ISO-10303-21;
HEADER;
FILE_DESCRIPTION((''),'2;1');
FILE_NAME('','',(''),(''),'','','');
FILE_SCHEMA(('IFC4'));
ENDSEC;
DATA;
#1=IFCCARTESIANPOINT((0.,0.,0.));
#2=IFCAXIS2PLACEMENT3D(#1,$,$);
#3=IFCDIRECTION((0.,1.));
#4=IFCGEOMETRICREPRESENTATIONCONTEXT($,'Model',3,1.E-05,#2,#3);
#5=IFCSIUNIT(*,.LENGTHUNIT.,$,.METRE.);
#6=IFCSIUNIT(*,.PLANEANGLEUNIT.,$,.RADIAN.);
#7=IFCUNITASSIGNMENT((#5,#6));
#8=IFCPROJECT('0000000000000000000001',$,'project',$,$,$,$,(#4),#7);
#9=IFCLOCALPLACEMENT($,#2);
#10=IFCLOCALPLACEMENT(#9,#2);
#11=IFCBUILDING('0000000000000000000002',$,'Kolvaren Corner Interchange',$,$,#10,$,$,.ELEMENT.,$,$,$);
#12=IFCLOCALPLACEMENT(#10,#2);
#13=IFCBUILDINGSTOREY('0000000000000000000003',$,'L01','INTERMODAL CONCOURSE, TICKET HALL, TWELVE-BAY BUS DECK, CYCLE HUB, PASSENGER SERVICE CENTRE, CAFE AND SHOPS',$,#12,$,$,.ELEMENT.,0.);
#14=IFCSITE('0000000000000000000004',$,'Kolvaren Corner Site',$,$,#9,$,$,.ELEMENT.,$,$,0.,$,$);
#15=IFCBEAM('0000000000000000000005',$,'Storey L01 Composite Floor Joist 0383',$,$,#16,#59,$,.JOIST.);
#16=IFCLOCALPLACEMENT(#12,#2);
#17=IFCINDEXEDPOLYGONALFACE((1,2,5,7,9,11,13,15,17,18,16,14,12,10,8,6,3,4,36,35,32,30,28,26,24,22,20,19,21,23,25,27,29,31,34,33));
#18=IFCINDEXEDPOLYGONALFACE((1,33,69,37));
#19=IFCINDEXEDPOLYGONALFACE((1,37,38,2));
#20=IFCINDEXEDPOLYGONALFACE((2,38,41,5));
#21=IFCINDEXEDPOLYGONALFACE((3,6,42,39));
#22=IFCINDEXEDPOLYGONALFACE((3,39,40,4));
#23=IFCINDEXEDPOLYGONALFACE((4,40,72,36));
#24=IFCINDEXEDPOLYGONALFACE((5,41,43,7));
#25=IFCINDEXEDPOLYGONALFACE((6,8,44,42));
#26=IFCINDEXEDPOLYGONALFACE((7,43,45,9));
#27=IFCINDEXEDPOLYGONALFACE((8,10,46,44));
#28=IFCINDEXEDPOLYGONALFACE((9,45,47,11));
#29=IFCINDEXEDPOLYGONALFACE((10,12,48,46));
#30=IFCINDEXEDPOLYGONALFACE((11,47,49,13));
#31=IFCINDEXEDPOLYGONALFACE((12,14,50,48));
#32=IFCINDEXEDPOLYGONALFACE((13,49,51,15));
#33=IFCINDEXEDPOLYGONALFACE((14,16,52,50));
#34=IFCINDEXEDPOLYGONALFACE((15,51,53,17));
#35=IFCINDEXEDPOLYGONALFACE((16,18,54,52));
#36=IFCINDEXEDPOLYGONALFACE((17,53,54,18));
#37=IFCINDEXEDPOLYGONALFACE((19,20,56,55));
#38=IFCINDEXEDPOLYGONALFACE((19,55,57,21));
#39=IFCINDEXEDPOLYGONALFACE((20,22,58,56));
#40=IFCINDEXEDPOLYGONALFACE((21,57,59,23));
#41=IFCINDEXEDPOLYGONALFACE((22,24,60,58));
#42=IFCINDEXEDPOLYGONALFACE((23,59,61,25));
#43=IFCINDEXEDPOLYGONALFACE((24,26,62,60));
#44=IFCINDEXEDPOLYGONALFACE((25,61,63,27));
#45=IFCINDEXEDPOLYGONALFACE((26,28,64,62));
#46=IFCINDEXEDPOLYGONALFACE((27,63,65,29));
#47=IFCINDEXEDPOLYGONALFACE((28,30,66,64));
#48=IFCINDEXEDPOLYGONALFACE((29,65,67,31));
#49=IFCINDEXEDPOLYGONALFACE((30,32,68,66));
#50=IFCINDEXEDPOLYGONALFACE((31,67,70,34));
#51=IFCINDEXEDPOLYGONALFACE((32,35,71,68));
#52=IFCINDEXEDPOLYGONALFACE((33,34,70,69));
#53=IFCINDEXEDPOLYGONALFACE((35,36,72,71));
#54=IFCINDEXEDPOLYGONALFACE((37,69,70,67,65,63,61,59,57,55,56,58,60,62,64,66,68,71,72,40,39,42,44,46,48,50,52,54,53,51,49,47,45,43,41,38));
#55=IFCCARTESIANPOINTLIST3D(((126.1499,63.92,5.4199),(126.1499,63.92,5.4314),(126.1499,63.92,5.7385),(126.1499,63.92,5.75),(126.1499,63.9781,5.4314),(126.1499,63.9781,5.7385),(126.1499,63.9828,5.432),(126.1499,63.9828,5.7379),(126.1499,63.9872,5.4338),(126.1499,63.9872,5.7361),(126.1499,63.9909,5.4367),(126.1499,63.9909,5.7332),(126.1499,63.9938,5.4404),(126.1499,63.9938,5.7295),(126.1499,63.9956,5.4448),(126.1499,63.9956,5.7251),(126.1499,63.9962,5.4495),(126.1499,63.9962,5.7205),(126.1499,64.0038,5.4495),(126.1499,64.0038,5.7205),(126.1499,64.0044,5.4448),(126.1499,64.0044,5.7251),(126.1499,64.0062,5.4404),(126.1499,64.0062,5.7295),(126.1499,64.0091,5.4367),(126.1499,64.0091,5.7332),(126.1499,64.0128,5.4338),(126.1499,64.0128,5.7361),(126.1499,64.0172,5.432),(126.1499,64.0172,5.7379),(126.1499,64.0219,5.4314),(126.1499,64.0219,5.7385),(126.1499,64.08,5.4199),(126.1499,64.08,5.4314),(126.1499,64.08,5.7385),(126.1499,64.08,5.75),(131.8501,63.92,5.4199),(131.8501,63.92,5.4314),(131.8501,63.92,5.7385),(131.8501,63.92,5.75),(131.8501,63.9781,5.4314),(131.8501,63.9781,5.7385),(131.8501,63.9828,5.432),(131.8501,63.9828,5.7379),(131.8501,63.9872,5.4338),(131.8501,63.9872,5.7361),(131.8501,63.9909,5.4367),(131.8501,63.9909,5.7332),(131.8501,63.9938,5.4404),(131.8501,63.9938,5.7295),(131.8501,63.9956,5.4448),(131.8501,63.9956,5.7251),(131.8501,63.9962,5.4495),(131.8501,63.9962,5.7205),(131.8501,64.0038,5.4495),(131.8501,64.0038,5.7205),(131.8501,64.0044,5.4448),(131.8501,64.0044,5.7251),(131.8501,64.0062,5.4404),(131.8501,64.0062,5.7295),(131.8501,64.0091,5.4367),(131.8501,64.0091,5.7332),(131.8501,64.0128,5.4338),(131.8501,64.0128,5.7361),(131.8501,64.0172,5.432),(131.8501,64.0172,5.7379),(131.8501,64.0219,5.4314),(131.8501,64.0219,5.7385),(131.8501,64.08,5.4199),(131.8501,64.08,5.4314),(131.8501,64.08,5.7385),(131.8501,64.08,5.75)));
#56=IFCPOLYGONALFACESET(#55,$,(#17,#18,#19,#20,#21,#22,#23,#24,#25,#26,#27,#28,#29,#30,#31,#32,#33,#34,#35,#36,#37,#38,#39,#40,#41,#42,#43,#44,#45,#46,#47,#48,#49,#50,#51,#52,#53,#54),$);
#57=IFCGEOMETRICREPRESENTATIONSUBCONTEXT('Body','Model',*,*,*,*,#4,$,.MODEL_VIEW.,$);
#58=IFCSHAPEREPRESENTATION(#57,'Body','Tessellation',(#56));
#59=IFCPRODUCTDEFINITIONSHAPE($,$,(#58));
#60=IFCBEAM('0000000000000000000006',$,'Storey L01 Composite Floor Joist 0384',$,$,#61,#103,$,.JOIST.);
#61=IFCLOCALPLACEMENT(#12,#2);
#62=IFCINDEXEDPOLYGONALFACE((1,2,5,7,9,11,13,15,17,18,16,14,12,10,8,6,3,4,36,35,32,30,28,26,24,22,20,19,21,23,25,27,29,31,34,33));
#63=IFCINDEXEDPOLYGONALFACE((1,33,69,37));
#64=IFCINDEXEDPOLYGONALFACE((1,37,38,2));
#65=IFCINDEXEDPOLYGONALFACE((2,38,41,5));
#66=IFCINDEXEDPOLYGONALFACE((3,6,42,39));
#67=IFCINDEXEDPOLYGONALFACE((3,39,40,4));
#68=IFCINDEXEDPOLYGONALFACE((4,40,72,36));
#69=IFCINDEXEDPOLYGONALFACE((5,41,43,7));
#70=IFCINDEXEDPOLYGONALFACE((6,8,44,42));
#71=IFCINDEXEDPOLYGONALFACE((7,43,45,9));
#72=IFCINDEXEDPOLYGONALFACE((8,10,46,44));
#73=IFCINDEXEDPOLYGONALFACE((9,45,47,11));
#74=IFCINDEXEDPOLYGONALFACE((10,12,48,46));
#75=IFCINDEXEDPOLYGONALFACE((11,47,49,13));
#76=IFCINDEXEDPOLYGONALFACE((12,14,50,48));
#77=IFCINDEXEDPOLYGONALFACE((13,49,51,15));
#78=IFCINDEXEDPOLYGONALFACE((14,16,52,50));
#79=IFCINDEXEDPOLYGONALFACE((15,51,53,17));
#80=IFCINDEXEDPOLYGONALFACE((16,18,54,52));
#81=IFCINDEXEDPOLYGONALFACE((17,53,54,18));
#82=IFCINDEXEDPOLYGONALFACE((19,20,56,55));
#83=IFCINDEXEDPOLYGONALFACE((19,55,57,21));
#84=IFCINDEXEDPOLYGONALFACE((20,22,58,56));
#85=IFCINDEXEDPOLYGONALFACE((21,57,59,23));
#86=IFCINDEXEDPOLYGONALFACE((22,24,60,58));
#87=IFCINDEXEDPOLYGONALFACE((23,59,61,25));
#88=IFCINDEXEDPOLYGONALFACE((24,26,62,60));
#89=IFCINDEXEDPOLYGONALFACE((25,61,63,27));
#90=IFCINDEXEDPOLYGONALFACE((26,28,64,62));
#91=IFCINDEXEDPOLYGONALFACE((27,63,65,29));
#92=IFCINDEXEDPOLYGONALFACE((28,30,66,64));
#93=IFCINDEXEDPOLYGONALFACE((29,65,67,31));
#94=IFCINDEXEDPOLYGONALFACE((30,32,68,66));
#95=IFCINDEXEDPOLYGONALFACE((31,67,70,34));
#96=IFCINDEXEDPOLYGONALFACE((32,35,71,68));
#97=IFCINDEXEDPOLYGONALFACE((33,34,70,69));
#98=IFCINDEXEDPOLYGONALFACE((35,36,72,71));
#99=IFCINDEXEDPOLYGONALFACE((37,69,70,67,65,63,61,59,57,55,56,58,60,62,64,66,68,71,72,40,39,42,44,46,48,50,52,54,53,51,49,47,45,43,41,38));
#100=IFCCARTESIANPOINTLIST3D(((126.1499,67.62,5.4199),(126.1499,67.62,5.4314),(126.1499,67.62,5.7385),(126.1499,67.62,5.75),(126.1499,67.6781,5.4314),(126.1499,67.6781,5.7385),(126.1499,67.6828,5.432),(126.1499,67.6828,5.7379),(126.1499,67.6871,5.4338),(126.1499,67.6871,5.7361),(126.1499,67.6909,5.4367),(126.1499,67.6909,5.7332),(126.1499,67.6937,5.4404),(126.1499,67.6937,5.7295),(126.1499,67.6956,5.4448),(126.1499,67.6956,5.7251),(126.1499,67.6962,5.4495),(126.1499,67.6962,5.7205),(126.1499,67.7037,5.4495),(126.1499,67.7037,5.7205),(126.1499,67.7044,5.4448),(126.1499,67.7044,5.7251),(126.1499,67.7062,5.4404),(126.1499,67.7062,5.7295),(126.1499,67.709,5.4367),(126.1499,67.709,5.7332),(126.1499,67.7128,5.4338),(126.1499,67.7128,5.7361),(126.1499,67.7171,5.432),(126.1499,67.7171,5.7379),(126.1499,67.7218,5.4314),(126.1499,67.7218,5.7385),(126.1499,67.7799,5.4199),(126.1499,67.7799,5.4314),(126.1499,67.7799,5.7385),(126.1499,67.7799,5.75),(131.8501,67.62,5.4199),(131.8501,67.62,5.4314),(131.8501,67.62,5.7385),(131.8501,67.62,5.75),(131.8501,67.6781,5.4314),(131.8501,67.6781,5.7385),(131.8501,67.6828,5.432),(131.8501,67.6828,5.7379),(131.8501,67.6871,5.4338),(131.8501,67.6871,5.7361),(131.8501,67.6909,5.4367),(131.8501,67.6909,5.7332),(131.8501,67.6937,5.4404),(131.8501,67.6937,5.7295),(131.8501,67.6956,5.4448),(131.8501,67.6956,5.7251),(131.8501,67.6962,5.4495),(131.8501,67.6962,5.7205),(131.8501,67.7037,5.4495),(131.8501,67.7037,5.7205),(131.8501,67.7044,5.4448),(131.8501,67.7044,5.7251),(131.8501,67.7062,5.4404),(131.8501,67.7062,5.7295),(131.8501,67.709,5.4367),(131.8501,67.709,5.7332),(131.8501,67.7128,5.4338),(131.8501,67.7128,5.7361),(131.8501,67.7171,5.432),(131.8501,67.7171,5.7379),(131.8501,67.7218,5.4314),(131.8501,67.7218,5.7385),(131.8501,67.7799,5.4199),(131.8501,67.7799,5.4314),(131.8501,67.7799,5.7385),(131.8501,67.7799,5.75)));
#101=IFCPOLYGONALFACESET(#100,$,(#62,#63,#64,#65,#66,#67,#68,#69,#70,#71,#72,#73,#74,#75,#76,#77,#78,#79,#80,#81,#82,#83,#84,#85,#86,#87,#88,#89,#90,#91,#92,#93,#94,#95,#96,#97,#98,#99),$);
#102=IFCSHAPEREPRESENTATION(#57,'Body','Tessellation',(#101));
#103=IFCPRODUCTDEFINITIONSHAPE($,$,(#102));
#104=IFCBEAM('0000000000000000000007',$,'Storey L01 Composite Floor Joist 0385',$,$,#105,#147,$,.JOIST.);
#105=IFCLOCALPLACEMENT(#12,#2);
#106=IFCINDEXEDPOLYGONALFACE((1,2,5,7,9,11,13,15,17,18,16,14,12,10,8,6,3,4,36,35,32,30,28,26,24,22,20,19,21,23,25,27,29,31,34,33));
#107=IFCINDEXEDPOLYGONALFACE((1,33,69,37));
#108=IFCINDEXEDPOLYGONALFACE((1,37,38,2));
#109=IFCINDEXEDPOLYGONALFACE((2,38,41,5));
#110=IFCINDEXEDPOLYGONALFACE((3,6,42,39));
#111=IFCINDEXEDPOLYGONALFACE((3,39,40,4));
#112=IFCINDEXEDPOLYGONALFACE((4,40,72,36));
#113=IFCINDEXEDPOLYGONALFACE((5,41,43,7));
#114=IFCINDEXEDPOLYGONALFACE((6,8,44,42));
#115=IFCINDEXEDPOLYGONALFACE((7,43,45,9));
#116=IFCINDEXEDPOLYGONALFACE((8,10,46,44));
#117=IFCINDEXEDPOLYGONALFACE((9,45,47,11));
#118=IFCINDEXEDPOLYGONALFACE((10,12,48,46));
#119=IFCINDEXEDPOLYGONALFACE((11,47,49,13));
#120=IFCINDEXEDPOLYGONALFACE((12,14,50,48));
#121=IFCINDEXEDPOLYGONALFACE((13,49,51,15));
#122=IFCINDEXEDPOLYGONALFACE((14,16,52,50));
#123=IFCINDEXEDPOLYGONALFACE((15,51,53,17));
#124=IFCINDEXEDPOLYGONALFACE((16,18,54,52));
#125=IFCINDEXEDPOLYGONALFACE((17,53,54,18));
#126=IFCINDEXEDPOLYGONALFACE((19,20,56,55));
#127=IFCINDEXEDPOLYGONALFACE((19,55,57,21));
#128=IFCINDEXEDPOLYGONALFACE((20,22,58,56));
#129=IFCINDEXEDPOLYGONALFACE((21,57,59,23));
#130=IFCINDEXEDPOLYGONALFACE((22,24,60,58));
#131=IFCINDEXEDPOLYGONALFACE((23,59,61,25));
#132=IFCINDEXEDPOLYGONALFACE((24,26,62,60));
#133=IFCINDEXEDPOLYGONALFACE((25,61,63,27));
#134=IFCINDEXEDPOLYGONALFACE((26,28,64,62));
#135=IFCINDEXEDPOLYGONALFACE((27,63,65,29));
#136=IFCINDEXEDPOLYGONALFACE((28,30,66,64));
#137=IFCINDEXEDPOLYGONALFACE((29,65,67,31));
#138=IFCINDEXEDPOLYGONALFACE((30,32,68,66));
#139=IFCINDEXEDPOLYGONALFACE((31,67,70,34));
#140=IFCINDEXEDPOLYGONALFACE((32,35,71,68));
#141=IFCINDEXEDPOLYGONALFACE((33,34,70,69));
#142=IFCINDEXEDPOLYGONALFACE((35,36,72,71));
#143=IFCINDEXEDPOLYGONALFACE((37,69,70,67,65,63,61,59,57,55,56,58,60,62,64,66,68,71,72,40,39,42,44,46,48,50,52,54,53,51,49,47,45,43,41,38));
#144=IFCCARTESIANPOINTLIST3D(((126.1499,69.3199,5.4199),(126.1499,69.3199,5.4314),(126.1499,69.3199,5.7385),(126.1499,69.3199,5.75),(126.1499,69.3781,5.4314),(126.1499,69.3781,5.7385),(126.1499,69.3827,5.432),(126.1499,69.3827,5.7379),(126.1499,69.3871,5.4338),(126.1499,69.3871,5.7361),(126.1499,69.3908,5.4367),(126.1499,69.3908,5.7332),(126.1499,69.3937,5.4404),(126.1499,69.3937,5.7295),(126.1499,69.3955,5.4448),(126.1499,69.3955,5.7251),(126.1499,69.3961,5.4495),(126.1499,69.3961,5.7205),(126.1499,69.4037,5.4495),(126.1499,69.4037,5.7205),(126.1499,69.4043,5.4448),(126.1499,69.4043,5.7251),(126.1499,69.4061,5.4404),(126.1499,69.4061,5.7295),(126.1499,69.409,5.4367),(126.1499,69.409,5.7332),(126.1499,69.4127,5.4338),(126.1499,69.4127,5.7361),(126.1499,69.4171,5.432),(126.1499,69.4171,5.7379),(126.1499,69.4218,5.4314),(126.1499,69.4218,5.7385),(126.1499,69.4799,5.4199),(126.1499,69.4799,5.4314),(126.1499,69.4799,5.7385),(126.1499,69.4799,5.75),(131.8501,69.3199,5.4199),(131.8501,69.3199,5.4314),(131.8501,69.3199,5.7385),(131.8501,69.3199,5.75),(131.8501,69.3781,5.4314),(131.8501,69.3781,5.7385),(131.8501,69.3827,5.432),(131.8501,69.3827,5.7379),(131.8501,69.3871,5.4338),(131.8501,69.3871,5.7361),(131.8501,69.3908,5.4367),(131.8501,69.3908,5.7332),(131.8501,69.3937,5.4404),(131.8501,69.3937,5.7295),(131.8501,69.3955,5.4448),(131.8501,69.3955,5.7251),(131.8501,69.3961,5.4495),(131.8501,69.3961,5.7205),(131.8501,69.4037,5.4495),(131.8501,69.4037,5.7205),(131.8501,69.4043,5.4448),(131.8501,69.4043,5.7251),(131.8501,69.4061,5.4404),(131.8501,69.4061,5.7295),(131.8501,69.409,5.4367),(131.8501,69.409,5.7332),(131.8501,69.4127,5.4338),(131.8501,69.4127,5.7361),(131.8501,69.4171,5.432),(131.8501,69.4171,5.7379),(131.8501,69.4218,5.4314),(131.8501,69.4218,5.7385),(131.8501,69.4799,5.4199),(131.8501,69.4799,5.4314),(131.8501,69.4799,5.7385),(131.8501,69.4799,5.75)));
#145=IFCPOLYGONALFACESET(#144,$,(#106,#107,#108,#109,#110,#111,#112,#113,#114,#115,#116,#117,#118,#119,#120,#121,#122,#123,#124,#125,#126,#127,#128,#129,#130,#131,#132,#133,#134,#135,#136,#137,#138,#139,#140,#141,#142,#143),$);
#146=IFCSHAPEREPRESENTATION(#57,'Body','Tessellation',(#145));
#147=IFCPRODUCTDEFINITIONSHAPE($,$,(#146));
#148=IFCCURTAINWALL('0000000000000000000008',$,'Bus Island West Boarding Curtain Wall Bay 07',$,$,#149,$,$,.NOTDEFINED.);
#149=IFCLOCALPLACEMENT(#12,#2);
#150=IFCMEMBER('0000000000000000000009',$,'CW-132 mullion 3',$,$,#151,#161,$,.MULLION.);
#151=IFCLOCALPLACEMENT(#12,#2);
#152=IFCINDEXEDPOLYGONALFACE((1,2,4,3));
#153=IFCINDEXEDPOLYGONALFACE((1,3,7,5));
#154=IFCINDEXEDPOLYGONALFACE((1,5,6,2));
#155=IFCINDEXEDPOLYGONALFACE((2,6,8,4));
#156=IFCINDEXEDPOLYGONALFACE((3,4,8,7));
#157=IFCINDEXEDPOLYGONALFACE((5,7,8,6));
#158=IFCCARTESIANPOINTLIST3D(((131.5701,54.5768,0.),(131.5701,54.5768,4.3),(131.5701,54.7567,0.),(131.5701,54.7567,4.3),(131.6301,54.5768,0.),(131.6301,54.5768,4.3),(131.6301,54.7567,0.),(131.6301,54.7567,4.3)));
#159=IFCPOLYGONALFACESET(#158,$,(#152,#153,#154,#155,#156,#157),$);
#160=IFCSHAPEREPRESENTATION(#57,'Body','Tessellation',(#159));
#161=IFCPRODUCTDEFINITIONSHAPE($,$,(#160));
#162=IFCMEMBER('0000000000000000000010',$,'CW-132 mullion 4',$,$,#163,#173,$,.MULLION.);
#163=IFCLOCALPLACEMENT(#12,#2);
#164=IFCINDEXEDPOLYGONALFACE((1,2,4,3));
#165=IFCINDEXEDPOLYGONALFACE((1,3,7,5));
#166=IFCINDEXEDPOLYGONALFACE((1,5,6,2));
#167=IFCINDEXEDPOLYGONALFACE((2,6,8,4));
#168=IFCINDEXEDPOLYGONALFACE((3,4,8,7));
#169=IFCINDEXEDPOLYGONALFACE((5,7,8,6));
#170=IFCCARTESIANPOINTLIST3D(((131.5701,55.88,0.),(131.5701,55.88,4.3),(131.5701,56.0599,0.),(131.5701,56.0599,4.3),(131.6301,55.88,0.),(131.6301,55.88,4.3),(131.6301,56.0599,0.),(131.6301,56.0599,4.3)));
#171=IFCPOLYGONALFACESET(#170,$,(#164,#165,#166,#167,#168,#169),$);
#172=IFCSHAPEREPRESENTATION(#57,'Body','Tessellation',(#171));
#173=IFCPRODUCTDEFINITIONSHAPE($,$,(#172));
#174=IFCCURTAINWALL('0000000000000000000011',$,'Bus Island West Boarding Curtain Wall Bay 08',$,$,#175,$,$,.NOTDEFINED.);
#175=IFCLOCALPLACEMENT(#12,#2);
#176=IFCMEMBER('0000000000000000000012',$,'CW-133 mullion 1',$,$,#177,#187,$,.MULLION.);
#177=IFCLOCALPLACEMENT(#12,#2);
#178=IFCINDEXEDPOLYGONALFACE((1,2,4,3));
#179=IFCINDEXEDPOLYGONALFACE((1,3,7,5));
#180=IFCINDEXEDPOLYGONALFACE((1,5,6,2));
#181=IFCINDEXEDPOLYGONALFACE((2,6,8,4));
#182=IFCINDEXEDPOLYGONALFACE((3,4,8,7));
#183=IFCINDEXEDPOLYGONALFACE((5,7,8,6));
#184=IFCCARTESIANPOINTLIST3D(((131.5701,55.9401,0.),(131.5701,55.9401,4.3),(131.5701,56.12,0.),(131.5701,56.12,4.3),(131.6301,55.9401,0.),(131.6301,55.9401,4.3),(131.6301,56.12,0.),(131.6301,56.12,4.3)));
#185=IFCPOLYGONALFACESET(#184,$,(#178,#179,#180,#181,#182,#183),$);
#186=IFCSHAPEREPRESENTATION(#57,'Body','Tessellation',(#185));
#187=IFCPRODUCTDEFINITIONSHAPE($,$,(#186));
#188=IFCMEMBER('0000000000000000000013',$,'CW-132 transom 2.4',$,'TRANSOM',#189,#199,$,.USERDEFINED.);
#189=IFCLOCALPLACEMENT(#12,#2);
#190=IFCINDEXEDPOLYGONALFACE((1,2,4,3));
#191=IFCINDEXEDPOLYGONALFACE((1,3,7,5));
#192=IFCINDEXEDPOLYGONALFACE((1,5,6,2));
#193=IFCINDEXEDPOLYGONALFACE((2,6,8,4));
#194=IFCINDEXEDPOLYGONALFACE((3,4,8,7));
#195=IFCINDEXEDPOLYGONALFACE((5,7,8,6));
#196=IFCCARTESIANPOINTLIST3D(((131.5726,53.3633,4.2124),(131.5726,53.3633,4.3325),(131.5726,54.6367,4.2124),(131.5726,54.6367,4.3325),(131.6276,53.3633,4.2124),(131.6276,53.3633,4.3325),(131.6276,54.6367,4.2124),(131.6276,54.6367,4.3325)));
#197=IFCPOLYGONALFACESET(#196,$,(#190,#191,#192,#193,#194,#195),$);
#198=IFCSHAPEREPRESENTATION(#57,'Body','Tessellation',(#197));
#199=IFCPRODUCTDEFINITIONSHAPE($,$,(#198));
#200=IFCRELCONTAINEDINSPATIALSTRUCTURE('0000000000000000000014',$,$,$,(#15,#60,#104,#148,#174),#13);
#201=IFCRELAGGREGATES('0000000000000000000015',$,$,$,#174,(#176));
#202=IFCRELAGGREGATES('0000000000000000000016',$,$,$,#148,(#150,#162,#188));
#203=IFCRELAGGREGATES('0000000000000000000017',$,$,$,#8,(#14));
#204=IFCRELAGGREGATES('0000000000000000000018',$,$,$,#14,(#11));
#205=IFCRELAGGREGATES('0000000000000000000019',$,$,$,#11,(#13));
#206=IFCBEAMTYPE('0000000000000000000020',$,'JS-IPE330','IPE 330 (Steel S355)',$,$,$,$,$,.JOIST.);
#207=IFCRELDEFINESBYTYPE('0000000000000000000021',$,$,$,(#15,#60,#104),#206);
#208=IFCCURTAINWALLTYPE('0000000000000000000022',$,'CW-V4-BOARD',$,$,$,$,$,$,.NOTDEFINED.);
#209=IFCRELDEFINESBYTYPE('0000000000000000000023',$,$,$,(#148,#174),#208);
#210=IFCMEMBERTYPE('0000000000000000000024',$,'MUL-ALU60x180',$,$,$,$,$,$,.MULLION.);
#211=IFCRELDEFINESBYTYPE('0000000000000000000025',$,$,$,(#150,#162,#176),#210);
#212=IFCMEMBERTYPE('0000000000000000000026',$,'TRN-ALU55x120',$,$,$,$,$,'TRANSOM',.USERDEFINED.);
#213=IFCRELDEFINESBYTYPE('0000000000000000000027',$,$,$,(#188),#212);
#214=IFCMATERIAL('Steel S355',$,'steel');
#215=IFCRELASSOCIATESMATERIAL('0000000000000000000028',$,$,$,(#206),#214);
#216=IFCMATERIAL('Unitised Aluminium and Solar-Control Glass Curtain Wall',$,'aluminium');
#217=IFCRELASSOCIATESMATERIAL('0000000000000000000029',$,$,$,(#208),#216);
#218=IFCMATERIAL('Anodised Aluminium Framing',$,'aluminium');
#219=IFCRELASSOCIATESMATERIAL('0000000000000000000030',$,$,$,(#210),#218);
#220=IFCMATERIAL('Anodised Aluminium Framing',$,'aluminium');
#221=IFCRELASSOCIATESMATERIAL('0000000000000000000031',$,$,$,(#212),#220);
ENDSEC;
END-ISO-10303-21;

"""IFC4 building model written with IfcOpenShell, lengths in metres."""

from ifc_helpers import new_model, si_unit, direction, frame, origin, origin_2d, place, context, subcontext, project, spatial, rectangle, i_section, extrude, material, material_profile, profile_set, type_object, element, aggregate, save


model = new_model("IFC4")

# Units and contexts
model_context = context("Model", 3, precision=1e-05, world=origin(), true_north=direction((0.0, 1.0)))
body_context = subcontext(model_context, "Body", "Model", "MODEL_VIEW")
ifc_project = project(units=[si_unit("LENGTHUNIT", "METRE"), si_unit("PLANEANGLEUNIT", "RADIAN")], contexts=[model_context])

# Site, building, storey
site_placement = place(None, origin())
site = spatial("IfcSite", under=ifc_project, at=site_placement, Name="Kolvaren Corner Site", CompositionType="ELEMENT", RefElevation=0.0)
building_placement = place(site_placement, origin())
building = spatial("IfcBuilding", under=site, at=building_placement, Name="Kolvaren Corner Interchange", CompositionType="ELEMENT")
storey_placement = place(building_placement, origin())
storey = spatial("IfcBuildingStorey", under=building, at=storey_placement, Name="L01", Description="INTERMODAL CONCOURSE, TICKET HALL, TWELVE-BAY BUS DECK, CYCLE HUB, PASSENGER SERVICE CENTRE, CAFE AND SHOPS", CompositionType="ELEMENT", Elevation=0.0)

# Beams
ifc_material_1 = material(Name="Steel S355", Category="steel")
ifc_material_profile_1 = material_profile(ifc_material_1, i_section(OverallWidth=0.1599, OverallDepth=0.3301, WebThickness=0.0076, FlangeThickness=0.0115, FilletRadius=0.0181, at=origin_2d()), Name="IPE 330")
ifc_profile_set_1 = profile_set([ifc_material_profile_1], Name="Steel S355")
beam_type = type_object("IfcBeamType", Name="JS-IPE330", Description="IPE 330 (Steel S355)", PredefinedType="JOIST", material=ifc_profile_set_1)
for number, where, z_axis, x_axis, name in (
    (1, (126.1499, 64.0, 5.585), (1.0, 0.0, 0.0), (0.0, 1.0, 0.0), "Storey L01 Composite Floor Joist 0383"),
    (2, (126.1499, 67.7, 5.585), (1.0, 0.0, 0.0), (0.0, 1.0, 0.0), "Storey L01 Composite Floor Joist 0384"),
    (3, (126.1499, 69.3999, 5.585), (1.0, 0.0, 0.0), (0.0, 1.0, 0.0), "Storey L01 Composite Floor Joist 0385"),
):
    element("IfcBeam", number, at=place(storey_placement, frame(where, z_axis=z_axis, x_axis=x_axis)), inside=storey, type_object=beam_type, Name=name, PredefinedType="JOIST", context=body_context, shape_type="SweptSolid", body=[
        extrude(i_section(OverallWidth=0.1599, OverallDepth=0.3301, WebThickness=0.0076, FlangeThickness=0.0115, FilletRadius=0.0181, at=origin_2d()), origin(), (0.0, 0.0, 1.0), 5.7002),
    ])

# Curtain wall, members
ifc_material_2 = material(Name="Unitised Aluminium and Solar-Control Glass Curtain Wall", Category="aluminium")
curtain_wall_type = type_object("IfcCurtainWallType", Name="CW-V4-BOARD", PredefinedType="NOTDEFINED", material=ifc_material_2)
curtain_wall_1_placement = place(storey_placement, origin())
curtain_wall_1 = element("IfcCurtainWall", 4, at=curtain_wall_1_placement, inside=storey, type_object=curtain_wall_type, Name="Bus Island West Boarding Curtain Wall Bay 07", PredefinedType="NOTDEFINED")
ifc_material_3 = material(Name="Anodised Aluminium Framing", Category="aluminium")
ifc_material_profile_2 = material_profile(ifc_material_3, rectangle(XDim=0.0601, YDim=0.1799, at=origin_2d()), Name="ALU 60x180")
ifc_profile_set_2 = profile_set([ifc_material_profile_2], Name="Anodised Aluminium Framing")
member_type_1 = type_object("IfcMemberType", Name="MUL-ALU60x180", PredefinedType="MULLION", material=ifc_profile_set_2)
member_1_placement = place(storey_placement, frame((131.6001, 54.6667, 0.0), z_axis=(0.0, 0.0, 1.0), x_axis=(-1.0, 0.0, 0.0)))
member_1 = element("IfcMember", 5, at=member_1_placement, type_object=member_type_1, Name="CW-132 mullion 3", PredefinedType="MULLION", context=body_context, shape_type="SweptSolid", body=[
    extrude(rectangle(XDim=0.0601, YDim=0.1799, at=origin_2d()), origin(), (0.0, 0.0, 1.0), 4.3),
])
member_2_placement = place(storey_placement, frame((131.6001, 55.97, 0.0), z_axis=(0.0, 0.0, 1.0), x_axis=(-1.0, 0.0, 0.0)))
member_2 = element("IfcMember", 6, at=member_2_placement, type_object=member_type_1, Name="CW-132 mullion 4", PredefinedType="MULLION", context=body_context, shape_type="SweptSolid", body=[
    extrude(rectangle(XDim=0.0601, YDim=0.1799, at=origin_2d()), origin(), (0.0, 0.0, 1.0), 4.3),
])

# Curtain wall, member
curtain_wall_2_placement = place(storey_placement, origin())
curtain_wall_2 = element("IfcCurtainWall", 7, at=curtain_wall_2_placement, inside=storey, type_object=curtain_wall_type, Name="Bus Island West Boarding Curtain Wall Bay 08", PredefinedType="NOTDEFINED")
member_3_placement = place(storey_placement, frame((131.6001, 56.03, 0.0), z_axis=(0.0, 0.0, 1.0), x_axis=(-1.0, 0.0, 0.0)))
member_3 = element("IfcMember", 8, at=member_3_placement, type_object=member_type_1, Name="CW-133 mullion 1", PredefinedType="MULLION", context=body_context, shape_type="SweptSolid", body=[
    extrude(rectangle(XDim=0.0601, YDim=0.1799, at=origin_2d()), origin(), (0.0, 0.0, 1.0), 4.3),
])

# Member
ifc_material_4 = material(Name="Anodised Aluminium Framing", Category="aluminium")
ifc_material_profile_3 = material_profile(ifc_material_4, rectangle(XDim=0.0549, YDim=0.1201, at=origin_2d()), Name="ALU 55x120")
ifc_profile_set_3 = profile_set([ifc_material_profile_3], Name="Anodised Aluminium Framing")
member_type_2 = type_object("IfcMemberType", Name="TRN-ALU55x120", ElementType="TRANSOM", PredefinedType="USERDEFINED", material=ifc_profile_set_3)
member_4_placement = place(storey_placement, frame((131.6001, 53.3633, 4.2725), z_axis=(0.0, 1.0, 0.0), x_axis=(-1.0, 0.0, 0.0)))
member_4 = element("IfcMember", 9, at=member_4_placement, type_object=member_type_2, Name="CW-132 transom 2.4", ObjectType="TRANSOM", PredefinedType="USERDEFINED", context=body_context, shape_type="SweptSolid", body=[
    extrude(rectangle(XDim=0.0549, YDim=0.1201, at=origin_2d()), origin(), (0.0, 0.0, 1.0), 1.2734),
])
aggregate(curtain_wall_2, [member_3])

aggregate(curtain_wall_1, [member_1, member_2, member_4])

save(model, "model.ifc")
